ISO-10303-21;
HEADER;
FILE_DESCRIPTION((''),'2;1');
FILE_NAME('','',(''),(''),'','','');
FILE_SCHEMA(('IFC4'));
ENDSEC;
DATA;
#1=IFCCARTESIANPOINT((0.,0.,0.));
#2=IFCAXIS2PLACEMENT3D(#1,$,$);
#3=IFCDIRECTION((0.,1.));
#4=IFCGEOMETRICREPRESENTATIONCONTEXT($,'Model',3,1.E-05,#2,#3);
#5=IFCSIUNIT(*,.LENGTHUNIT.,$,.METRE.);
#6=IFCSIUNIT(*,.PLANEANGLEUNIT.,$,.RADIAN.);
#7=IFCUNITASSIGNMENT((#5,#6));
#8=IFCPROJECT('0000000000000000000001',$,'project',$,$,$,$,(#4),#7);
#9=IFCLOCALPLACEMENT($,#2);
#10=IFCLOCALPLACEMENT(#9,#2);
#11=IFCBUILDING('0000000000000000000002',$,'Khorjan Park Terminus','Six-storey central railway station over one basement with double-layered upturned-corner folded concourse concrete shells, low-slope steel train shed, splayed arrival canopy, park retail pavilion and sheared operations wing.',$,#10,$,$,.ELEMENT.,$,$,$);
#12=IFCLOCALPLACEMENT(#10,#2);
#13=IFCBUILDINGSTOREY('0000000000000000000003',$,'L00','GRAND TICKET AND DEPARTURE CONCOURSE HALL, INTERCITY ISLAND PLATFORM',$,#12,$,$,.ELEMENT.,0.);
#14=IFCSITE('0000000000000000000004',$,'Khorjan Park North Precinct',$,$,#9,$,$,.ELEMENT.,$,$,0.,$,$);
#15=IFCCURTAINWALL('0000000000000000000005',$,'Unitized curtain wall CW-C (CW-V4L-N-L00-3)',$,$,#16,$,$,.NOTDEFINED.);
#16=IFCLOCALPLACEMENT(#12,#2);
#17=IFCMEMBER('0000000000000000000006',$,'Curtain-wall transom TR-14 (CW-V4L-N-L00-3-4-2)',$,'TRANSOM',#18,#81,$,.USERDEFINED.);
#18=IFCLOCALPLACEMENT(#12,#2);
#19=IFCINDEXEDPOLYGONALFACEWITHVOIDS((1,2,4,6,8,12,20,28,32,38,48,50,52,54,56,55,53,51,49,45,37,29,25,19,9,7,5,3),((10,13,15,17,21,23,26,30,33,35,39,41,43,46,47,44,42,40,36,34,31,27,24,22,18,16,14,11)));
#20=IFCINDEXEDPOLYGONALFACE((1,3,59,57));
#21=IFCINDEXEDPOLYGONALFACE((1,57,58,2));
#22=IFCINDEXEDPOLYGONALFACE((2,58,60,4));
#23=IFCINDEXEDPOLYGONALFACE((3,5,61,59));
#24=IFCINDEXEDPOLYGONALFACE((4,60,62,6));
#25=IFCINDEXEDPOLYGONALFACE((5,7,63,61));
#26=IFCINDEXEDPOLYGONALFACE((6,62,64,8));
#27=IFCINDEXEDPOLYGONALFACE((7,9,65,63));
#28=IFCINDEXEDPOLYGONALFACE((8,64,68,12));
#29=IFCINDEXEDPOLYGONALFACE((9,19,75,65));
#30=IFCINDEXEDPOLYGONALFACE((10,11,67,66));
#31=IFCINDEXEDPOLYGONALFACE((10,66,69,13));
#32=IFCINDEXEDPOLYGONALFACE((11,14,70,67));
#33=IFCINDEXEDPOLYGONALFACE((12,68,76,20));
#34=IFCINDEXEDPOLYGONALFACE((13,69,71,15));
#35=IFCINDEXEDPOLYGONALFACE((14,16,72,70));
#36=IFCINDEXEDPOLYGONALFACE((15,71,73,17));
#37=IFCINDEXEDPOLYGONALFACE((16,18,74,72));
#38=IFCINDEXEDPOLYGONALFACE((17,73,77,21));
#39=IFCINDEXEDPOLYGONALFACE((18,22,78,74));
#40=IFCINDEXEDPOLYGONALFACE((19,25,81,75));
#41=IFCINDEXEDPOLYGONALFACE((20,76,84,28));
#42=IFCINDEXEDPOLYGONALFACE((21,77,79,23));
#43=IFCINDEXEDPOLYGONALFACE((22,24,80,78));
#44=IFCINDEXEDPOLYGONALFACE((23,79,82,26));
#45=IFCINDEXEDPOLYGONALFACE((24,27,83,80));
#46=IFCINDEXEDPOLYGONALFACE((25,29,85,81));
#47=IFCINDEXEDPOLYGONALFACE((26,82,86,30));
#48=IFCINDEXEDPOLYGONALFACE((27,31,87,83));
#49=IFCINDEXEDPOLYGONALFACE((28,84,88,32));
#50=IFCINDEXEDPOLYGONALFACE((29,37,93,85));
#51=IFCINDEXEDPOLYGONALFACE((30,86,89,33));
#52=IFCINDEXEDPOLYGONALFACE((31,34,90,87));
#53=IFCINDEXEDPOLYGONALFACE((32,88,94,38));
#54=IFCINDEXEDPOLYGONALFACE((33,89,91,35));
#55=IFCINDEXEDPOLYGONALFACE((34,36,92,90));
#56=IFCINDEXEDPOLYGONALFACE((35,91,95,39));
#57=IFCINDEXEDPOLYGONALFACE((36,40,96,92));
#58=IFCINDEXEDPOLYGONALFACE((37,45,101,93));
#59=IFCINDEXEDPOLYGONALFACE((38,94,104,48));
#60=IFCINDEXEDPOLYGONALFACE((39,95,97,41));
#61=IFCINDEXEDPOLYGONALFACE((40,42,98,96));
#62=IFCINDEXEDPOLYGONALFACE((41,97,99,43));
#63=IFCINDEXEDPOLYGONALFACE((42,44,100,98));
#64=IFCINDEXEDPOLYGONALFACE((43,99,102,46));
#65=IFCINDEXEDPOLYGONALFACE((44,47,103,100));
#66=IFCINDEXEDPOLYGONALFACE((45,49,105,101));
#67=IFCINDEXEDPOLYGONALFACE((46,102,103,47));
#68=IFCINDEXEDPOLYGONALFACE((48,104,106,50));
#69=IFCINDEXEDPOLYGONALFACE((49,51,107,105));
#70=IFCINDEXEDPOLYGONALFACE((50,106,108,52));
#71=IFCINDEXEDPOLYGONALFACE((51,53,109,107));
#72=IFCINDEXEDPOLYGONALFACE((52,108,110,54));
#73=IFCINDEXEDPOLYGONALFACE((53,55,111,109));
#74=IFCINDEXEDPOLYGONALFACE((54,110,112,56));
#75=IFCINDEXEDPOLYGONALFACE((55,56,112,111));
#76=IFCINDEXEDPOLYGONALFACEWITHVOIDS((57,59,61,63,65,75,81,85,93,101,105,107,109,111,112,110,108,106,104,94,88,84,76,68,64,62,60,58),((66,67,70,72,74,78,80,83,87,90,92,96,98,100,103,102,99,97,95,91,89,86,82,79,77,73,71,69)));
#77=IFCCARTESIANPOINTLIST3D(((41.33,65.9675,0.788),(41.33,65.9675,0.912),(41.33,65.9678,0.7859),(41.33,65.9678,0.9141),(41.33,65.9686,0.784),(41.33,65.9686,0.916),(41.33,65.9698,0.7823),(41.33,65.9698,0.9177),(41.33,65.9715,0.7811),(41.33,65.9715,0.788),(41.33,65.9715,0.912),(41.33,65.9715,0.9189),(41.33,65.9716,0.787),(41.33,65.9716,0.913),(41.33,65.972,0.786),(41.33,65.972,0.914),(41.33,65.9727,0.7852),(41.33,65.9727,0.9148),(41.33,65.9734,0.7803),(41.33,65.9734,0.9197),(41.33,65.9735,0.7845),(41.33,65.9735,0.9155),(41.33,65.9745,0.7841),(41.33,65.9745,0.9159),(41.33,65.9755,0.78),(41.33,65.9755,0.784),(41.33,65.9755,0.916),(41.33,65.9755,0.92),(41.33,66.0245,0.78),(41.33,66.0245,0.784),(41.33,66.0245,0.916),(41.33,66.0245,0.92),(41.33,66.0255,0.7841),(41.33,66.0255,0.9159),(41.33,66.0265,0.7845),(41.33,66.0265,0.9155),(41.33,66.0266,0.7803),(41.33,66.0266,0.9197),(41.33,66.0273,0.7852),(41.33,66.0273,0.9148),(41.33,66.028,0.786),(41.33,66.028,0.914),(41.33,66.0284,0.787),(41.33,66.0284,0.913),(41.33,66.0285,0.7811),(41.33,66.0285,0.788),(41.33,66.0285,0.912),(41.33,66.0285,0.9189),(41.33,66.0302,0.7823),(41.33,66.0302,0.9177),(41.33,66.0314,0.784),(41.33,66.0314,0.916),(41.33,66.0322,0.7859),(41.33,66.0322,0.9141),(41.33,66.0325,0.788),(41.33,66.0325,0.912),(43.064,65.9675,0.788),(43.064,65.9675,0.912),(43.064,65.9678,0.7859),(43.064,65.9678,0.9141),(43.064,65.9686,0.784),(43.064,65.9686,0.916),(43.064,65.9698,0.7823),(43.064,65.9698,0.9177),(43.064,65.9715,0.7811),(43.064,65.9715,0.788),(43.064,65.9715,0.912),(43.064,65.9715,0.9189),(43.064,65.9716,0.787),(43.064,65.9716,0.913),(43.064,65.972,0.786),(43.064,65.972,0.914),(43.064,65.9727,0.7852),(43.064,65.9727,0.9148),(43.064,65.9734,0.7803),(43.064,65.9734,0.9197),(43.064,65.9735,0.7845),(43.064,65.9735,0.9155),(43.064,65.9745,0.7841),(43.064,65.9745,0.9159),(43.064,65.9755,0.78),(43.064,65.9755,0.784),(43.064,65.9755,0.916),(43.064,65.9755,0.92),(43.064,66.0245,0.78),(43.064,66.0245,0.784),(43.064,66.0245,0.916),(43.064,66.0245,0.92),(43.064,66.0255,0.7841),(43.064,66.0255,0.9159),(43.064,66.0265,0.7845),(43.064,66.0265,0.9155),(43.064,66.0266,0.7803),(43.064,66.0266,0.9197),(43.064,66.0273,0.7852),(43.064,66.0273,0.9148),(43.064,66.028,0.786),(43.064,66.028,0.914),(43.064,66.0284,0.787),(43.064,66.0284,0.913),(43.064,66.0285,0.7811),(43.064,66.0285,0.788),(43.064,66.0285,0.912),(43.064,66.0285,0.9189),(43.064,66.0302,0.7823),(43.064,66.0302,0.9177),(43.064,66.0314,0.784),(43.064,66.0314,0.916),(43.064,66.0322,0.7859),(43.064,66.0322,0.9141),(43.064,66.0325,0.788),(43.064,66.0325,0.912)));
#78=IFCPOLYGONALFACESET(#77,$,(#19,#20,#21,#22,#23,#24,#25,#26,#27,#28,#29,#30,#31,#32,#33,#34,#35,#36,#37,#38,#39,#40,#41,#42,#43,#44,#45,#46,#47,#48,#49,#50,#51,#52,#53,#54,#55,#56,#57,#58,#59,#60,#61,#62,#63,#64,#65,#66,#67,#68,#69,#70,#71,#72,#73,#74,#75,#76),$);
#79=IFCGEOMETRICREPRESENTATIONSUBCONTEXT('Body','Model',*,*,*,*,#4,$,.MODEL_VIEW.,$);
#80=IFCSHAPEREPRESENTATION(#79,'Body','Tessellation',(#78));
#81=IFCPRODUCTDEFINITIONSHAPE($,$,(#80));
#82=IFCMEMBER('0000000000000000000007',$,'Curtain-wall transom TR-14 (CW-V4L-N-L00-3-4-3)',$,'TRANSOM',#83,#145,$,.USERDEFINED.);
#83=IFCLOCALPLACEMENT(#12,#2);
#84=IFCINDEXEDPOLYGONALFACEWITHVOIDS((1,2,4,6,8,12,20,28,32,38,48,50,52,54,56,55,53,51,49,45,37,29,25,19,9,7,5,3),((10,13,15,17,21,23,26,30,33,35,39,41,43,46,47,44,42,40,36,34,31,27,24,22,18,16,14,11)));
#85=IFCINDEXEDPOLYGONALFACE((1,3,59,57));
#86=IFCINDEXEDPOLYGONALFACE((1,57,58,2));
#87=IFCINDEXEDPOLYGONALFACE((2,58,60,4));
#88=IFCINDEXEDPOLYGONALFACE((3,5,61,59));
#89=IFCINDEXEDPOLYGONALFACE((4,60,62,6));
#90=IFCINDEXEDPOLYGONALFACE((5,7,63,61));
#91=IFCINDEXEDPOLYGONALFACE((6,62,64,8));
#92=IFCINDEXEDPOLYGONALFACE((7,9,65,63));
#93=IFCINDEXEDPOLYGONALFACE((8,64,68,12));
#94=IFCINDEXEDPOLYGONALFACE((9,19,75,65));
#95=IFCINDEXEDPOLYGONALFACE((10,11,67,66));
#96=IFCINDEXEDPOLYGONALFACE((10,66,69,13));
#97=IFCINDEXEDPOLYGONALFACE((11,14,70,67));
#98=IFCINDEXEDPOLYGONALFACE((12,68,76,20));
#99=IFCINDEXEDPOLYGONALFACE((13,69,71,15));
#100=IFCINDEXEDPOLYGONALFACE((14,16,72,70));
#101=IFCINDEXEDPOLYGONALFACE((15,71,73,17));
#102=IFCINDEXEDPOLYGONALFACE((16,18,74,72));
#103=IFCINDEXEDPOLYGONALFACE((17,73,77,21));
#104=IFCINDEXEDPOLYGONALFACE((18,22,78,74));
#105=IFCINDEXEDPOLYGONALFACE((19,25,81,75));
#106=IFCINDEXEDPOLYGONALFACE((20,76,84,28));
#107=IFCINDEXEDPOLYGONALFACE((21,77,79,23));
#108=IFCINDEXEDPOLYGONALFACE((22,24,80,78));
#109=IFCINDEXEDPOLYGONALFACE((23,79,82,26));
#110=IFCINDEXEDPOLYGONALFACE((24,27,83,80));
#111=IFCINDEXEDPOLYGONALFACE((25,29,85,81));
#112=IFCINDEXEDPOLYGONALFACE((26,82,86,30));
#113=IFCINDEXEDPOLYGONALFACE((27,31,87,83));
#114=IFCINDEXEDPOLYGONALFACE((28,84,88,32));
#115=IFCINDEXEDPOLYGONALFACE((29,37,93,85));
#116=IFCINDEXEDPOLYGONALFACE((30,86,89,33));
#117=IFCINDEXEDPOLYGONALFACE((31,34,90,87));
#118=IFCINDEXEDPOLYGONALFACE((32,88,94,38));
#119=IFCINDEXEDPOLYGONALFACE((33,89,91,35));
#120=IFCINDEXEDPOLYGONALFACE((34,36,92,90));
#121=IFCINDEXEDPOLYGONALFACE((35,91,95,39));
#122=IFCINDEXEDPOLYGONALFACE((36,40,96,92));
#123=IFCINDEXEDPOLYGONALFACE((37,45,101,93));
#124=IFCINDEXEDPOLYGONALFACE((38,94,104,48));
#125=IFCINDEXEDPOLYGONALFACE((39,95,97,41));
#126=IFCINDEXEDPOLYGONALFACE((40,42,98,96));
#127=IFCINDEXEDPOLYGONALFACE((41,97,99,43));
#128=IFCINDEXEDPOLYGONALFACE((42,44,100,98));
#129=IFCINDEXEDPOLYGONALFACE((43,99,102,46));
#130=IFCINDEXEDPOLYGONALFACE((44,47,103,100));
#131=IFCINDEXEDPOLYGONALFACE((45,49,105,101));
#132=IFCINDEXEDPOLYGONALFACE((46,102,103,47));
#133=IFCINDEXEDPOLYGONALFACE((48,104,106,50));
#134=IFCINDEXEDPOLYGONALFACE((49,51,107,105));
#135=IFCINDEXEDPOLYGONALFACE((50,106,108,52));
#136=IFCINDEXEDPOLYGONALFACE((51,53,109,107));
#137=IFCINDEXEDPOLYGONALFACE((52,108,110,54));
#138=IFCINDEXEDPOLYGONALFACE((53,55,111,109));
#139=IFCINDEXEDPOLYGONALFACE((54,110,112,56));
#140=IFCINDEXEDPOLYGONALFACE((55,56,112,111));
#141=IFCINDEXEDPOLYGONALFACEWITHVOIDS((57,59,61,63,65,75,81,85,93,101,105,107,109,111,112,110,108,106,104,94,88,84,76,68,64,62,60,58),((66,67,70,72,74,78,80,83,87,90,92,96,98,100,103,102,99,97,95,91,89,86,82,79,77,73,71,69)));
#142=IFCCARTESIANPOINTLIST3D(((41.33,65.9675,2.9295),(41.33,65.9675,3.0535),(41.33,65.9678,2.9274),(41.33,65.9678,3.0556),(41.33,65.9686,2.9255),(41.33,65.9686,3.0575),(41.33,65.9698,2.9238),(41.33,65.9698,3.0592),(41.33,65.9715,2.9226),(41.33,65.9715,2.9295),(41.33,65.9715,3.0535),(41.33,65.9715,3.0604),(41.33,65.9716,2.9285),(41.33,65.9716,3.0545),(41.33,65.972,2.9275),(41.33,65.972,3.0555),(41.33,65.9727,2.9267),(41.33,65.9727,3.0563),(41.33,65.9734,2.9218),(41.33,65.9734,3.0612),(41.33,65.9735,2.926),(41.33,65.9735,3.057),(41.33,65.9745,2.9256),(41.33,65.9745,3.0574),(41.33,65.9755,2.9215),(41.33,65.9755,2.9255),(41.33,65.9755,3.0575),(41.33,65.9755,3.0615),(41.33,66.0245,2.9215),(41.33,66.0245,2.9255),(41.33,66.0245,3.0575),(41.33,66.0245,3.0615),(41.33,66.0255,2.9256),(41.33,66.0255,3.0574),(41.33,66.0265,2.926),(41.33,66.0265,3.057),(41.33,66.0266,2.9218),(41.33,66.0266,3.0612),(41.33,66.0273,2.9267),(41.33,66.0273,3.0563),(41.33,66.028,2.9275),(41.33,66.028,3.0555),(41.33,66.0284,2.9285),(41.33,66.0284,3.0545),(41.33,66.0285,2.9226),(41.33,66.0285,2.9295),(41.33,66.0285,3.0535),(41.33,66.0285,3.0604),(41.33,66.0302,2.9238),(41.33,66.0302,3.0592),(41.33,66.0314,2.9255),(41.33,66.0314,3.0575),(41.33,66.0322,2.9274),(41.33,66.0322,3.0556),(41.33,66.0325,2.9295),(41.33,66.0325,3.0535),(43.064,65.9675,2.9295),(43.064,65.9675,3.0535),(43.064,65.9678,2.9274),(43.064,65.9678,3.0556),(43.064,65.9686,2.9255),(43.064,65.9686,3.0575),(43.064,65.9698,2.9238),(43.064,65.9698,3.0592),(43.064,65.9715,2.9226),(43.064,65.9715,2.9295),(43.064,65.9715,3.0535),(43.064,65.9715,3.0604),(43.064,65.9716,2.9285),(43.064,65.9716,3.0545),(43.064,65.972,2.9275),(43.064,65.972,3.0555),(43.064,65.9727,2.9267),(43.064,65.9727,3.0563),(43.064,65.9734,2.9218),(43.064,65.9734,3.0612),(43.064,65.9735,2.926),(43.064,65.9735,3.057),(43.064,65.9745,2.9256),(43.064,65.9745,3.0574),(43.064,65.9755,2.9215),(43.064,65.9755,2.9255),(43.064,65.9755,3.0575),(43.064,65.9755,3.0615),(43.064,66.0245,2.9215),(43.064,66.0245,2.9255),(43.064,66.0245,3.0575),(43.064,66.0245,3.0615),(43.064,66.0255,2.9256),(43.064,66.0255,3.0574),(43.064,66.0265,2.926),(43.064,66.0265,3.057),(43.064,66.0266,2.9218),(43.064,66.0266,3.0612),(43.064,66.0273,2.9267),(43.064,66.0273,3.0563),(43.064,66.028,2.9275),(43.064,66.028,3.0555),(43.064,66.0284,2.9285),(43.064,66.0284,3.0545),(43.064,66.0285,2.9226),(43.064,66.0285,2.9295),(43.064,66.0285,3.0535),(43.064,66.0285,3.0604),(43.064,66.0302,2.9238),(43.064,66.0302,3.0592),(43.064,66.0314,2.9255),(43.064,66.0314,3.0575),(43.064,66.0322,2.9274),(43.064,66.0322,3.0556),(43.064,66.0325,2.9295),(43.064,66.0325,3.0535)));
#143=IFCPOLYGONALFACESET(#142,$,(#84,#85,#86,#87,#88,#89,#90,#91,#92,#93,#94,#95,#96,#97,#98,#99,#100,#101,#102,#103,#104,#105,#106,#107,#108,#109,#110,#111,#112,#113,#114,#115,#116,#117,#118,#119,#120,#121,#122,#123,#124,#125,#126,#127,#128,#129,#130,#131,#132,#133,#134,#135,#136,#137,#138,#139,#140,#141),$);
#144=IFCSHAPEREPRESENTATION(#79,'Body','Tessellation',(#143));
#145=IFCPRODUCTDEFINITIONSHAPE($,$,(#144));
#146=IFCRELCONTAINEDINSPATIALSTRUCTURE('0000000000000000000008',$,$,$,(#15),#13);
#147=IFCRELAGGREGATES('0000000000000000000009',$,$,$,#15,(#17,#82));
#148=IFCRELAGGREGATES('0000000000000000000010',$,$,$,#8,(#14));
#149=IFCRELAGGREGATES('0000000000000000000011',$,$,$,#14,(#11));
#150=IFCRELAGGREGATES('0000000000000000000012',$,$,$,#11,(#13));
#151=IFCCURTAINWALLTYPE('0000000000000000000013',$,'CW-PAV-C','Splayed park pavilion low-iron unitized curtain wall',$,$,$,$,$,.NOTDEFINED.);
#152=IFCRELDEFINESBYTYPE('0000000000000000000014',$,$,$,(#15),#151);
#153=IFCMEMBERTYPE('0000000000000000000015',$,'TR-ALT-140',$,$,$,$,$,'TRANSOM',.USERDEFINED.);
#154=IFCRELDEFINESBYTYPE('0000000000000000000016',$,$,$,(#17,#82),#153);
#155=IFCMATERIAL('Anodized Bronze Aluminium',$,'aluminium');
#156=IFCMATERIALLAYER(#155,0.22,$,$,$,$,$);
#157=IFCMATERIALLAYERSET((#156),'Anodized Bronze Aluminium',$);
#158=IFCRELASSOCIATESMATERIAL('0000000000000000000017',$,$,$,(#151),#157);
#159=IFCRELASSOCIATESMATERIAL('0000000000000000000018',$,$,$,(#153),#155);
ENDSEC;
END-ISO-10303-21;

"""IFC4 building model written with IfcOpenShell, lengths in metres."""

from ifc_helpers import new_model, si_unit, direction, frame, origin, origin_2d, place, context, subcontext, project, spatial, hollow_rectangle, extrude, material, layer, layer_set, material_profile, profile_set, type_object, element, aggregate, save


model = new_model("IFC4")

# Units and contexts
model_context = context("Model", 3, precision=1e-05, world=origin(), true_north=direction((0.0, 1.0)))
body_context = subcontext(model_context, "Body", "Model", "MODEL_VIEW")
ifc_project = project(units=[si_unit("LENGTHUNIT", "METRE"), si_unit("PLANEANGLEUNIT", "RADIAN")], contexts=[model_context])

# Site, building, storey
site_placement = place(None, origin())
site = spatial("IfcSite", under=ifc_project, at=site_placement, Name="Khorjan Park North Precinct", CompositionType="ELEMENT", RefElevation=0.0)
building_placement = place(site_placement, origin())
building = spatial("IfcBuilding", under=site, at=building_placement, Name="Khorjan Park Terminus", Description="Six-storey central railway station over one basement with double-layered upturned-corner folded concourse concrete shells, low-slope steel train shed, splayed arrival canopy, park retail pavilion and sheared operations wing.", CompositionType="ELEMENT")
storey_placement = place(building_placement, origin())
storey = spatial("IfcBuildingStorey", under=building, at=storey_placement, Name="L00", Description="GRAND TICKET AND DEPARTURE CONCOURSE HALL, INTERCITY ISLAND PLATFORM", CompositionType="ELEMENT", Elevation=0.0)

# Shared definitions
ifc_material_1 = material(Name="Anodized Bronze Aluminium", Category="aluminium")
ifc_layer_1 = layer(ifc_material_1, 0.22)
ifc_layer_set_1 = layer_set([ifc_layer_1], Name="Anodized Bronze Aluminium")
curtain_wall_type = type_object("IfcCurtainWallType", Name="CW-PAV-C", Description="Splayed park pavilion low-iron unitized curtain wall", PredefinedType="NOTDEFINED", material=ifc_layer_set_1)

# Curtain wall
curtain_wall_1_placement = place(storey_placement, origin())
curtain_wall_1 = element("IfcCurtainWall", 1, at=curtain_wall_1_placement, inside=storey, type_object=curtain_wall_type, Name="Unitized curtain wall CW-C (CW-V4L-N-L00-3)", PredefinedType="NOTDEFINED")

# Members
ifc_material_profile_1 = material_profile(ifc_material_1, hollow_rectangle(XDim=0.065, YDim=0.14, WallThickness=0.004, InnerFilletRadius=0.004, OuterFilletRadius=0.008, at=origin_2d()), Name="ALT 65x140x4")
ifc_profile_set_1 = profile_set([ifc_material_profile_1], Name="Anodized Bronze Aluminium")
member_type_1 = type_object("IfcMemberType", Name="TR-ALT-140", ElementType="TRANSOM", PredefinedType="USERDEFINED", material=ifc_profile_set_1)
member_1_placement = place(storey_placement, frame((43.064, 66.0, 0.85), z_axis=(-1.0, 0.0, 0.0), x_axis=(0.0, -1.0, 0.0)))
member_1 = element("IfcMember", 2, at=member_1_placement, type_object=member_type_1, Name="Curtain-wall transom TR-14 (CW-V4L-N-L00-3-4-2)", ObjectType="TRANSOM", PredefinedType="USERDEFINED", context=body_context, shape_type="SweptSolid", body=[
    extrude(hollow_rectangle(XDim=0.065, YDim=0.14, WallThickness=0.004, InnerFilletRadius=0.004, OuterFilletRadius=0.008, at=origin_2d()), origin(), (0.0, 0.0, 1.0), 1.734),
])
member_2_placement = place(storey_placement, frame((43.064, 66.0, 2.9915), z_axis=(-1.0, 0.0, 0.0), x_axis=(0.0, -1.0, 0.0)))
member_2 = element("IfcMember", 3, at=member_2_placement, type_object=member_type_1, Name="Curtain-wall transom TR-14 (CW-V4L-N-L00-3-4-3)", ObjectType="TRANSOM", PredefinedType="USERDEFINED", context=body_context, shape_type="SweptSolid", body=[
    extrude(hollow_rectangle(XDim=0.065, YDim=0.14, WallThickness=0.004, InnerFilletRadius=0.004, OuterFilletRadius=0.008, at=origin_2d()), origin(), (0.0, 0.0, 1.0), 1.734),
])

aggregate(curtain_wall_1, [member_1, member_2])

save(model, "model.ifc")
